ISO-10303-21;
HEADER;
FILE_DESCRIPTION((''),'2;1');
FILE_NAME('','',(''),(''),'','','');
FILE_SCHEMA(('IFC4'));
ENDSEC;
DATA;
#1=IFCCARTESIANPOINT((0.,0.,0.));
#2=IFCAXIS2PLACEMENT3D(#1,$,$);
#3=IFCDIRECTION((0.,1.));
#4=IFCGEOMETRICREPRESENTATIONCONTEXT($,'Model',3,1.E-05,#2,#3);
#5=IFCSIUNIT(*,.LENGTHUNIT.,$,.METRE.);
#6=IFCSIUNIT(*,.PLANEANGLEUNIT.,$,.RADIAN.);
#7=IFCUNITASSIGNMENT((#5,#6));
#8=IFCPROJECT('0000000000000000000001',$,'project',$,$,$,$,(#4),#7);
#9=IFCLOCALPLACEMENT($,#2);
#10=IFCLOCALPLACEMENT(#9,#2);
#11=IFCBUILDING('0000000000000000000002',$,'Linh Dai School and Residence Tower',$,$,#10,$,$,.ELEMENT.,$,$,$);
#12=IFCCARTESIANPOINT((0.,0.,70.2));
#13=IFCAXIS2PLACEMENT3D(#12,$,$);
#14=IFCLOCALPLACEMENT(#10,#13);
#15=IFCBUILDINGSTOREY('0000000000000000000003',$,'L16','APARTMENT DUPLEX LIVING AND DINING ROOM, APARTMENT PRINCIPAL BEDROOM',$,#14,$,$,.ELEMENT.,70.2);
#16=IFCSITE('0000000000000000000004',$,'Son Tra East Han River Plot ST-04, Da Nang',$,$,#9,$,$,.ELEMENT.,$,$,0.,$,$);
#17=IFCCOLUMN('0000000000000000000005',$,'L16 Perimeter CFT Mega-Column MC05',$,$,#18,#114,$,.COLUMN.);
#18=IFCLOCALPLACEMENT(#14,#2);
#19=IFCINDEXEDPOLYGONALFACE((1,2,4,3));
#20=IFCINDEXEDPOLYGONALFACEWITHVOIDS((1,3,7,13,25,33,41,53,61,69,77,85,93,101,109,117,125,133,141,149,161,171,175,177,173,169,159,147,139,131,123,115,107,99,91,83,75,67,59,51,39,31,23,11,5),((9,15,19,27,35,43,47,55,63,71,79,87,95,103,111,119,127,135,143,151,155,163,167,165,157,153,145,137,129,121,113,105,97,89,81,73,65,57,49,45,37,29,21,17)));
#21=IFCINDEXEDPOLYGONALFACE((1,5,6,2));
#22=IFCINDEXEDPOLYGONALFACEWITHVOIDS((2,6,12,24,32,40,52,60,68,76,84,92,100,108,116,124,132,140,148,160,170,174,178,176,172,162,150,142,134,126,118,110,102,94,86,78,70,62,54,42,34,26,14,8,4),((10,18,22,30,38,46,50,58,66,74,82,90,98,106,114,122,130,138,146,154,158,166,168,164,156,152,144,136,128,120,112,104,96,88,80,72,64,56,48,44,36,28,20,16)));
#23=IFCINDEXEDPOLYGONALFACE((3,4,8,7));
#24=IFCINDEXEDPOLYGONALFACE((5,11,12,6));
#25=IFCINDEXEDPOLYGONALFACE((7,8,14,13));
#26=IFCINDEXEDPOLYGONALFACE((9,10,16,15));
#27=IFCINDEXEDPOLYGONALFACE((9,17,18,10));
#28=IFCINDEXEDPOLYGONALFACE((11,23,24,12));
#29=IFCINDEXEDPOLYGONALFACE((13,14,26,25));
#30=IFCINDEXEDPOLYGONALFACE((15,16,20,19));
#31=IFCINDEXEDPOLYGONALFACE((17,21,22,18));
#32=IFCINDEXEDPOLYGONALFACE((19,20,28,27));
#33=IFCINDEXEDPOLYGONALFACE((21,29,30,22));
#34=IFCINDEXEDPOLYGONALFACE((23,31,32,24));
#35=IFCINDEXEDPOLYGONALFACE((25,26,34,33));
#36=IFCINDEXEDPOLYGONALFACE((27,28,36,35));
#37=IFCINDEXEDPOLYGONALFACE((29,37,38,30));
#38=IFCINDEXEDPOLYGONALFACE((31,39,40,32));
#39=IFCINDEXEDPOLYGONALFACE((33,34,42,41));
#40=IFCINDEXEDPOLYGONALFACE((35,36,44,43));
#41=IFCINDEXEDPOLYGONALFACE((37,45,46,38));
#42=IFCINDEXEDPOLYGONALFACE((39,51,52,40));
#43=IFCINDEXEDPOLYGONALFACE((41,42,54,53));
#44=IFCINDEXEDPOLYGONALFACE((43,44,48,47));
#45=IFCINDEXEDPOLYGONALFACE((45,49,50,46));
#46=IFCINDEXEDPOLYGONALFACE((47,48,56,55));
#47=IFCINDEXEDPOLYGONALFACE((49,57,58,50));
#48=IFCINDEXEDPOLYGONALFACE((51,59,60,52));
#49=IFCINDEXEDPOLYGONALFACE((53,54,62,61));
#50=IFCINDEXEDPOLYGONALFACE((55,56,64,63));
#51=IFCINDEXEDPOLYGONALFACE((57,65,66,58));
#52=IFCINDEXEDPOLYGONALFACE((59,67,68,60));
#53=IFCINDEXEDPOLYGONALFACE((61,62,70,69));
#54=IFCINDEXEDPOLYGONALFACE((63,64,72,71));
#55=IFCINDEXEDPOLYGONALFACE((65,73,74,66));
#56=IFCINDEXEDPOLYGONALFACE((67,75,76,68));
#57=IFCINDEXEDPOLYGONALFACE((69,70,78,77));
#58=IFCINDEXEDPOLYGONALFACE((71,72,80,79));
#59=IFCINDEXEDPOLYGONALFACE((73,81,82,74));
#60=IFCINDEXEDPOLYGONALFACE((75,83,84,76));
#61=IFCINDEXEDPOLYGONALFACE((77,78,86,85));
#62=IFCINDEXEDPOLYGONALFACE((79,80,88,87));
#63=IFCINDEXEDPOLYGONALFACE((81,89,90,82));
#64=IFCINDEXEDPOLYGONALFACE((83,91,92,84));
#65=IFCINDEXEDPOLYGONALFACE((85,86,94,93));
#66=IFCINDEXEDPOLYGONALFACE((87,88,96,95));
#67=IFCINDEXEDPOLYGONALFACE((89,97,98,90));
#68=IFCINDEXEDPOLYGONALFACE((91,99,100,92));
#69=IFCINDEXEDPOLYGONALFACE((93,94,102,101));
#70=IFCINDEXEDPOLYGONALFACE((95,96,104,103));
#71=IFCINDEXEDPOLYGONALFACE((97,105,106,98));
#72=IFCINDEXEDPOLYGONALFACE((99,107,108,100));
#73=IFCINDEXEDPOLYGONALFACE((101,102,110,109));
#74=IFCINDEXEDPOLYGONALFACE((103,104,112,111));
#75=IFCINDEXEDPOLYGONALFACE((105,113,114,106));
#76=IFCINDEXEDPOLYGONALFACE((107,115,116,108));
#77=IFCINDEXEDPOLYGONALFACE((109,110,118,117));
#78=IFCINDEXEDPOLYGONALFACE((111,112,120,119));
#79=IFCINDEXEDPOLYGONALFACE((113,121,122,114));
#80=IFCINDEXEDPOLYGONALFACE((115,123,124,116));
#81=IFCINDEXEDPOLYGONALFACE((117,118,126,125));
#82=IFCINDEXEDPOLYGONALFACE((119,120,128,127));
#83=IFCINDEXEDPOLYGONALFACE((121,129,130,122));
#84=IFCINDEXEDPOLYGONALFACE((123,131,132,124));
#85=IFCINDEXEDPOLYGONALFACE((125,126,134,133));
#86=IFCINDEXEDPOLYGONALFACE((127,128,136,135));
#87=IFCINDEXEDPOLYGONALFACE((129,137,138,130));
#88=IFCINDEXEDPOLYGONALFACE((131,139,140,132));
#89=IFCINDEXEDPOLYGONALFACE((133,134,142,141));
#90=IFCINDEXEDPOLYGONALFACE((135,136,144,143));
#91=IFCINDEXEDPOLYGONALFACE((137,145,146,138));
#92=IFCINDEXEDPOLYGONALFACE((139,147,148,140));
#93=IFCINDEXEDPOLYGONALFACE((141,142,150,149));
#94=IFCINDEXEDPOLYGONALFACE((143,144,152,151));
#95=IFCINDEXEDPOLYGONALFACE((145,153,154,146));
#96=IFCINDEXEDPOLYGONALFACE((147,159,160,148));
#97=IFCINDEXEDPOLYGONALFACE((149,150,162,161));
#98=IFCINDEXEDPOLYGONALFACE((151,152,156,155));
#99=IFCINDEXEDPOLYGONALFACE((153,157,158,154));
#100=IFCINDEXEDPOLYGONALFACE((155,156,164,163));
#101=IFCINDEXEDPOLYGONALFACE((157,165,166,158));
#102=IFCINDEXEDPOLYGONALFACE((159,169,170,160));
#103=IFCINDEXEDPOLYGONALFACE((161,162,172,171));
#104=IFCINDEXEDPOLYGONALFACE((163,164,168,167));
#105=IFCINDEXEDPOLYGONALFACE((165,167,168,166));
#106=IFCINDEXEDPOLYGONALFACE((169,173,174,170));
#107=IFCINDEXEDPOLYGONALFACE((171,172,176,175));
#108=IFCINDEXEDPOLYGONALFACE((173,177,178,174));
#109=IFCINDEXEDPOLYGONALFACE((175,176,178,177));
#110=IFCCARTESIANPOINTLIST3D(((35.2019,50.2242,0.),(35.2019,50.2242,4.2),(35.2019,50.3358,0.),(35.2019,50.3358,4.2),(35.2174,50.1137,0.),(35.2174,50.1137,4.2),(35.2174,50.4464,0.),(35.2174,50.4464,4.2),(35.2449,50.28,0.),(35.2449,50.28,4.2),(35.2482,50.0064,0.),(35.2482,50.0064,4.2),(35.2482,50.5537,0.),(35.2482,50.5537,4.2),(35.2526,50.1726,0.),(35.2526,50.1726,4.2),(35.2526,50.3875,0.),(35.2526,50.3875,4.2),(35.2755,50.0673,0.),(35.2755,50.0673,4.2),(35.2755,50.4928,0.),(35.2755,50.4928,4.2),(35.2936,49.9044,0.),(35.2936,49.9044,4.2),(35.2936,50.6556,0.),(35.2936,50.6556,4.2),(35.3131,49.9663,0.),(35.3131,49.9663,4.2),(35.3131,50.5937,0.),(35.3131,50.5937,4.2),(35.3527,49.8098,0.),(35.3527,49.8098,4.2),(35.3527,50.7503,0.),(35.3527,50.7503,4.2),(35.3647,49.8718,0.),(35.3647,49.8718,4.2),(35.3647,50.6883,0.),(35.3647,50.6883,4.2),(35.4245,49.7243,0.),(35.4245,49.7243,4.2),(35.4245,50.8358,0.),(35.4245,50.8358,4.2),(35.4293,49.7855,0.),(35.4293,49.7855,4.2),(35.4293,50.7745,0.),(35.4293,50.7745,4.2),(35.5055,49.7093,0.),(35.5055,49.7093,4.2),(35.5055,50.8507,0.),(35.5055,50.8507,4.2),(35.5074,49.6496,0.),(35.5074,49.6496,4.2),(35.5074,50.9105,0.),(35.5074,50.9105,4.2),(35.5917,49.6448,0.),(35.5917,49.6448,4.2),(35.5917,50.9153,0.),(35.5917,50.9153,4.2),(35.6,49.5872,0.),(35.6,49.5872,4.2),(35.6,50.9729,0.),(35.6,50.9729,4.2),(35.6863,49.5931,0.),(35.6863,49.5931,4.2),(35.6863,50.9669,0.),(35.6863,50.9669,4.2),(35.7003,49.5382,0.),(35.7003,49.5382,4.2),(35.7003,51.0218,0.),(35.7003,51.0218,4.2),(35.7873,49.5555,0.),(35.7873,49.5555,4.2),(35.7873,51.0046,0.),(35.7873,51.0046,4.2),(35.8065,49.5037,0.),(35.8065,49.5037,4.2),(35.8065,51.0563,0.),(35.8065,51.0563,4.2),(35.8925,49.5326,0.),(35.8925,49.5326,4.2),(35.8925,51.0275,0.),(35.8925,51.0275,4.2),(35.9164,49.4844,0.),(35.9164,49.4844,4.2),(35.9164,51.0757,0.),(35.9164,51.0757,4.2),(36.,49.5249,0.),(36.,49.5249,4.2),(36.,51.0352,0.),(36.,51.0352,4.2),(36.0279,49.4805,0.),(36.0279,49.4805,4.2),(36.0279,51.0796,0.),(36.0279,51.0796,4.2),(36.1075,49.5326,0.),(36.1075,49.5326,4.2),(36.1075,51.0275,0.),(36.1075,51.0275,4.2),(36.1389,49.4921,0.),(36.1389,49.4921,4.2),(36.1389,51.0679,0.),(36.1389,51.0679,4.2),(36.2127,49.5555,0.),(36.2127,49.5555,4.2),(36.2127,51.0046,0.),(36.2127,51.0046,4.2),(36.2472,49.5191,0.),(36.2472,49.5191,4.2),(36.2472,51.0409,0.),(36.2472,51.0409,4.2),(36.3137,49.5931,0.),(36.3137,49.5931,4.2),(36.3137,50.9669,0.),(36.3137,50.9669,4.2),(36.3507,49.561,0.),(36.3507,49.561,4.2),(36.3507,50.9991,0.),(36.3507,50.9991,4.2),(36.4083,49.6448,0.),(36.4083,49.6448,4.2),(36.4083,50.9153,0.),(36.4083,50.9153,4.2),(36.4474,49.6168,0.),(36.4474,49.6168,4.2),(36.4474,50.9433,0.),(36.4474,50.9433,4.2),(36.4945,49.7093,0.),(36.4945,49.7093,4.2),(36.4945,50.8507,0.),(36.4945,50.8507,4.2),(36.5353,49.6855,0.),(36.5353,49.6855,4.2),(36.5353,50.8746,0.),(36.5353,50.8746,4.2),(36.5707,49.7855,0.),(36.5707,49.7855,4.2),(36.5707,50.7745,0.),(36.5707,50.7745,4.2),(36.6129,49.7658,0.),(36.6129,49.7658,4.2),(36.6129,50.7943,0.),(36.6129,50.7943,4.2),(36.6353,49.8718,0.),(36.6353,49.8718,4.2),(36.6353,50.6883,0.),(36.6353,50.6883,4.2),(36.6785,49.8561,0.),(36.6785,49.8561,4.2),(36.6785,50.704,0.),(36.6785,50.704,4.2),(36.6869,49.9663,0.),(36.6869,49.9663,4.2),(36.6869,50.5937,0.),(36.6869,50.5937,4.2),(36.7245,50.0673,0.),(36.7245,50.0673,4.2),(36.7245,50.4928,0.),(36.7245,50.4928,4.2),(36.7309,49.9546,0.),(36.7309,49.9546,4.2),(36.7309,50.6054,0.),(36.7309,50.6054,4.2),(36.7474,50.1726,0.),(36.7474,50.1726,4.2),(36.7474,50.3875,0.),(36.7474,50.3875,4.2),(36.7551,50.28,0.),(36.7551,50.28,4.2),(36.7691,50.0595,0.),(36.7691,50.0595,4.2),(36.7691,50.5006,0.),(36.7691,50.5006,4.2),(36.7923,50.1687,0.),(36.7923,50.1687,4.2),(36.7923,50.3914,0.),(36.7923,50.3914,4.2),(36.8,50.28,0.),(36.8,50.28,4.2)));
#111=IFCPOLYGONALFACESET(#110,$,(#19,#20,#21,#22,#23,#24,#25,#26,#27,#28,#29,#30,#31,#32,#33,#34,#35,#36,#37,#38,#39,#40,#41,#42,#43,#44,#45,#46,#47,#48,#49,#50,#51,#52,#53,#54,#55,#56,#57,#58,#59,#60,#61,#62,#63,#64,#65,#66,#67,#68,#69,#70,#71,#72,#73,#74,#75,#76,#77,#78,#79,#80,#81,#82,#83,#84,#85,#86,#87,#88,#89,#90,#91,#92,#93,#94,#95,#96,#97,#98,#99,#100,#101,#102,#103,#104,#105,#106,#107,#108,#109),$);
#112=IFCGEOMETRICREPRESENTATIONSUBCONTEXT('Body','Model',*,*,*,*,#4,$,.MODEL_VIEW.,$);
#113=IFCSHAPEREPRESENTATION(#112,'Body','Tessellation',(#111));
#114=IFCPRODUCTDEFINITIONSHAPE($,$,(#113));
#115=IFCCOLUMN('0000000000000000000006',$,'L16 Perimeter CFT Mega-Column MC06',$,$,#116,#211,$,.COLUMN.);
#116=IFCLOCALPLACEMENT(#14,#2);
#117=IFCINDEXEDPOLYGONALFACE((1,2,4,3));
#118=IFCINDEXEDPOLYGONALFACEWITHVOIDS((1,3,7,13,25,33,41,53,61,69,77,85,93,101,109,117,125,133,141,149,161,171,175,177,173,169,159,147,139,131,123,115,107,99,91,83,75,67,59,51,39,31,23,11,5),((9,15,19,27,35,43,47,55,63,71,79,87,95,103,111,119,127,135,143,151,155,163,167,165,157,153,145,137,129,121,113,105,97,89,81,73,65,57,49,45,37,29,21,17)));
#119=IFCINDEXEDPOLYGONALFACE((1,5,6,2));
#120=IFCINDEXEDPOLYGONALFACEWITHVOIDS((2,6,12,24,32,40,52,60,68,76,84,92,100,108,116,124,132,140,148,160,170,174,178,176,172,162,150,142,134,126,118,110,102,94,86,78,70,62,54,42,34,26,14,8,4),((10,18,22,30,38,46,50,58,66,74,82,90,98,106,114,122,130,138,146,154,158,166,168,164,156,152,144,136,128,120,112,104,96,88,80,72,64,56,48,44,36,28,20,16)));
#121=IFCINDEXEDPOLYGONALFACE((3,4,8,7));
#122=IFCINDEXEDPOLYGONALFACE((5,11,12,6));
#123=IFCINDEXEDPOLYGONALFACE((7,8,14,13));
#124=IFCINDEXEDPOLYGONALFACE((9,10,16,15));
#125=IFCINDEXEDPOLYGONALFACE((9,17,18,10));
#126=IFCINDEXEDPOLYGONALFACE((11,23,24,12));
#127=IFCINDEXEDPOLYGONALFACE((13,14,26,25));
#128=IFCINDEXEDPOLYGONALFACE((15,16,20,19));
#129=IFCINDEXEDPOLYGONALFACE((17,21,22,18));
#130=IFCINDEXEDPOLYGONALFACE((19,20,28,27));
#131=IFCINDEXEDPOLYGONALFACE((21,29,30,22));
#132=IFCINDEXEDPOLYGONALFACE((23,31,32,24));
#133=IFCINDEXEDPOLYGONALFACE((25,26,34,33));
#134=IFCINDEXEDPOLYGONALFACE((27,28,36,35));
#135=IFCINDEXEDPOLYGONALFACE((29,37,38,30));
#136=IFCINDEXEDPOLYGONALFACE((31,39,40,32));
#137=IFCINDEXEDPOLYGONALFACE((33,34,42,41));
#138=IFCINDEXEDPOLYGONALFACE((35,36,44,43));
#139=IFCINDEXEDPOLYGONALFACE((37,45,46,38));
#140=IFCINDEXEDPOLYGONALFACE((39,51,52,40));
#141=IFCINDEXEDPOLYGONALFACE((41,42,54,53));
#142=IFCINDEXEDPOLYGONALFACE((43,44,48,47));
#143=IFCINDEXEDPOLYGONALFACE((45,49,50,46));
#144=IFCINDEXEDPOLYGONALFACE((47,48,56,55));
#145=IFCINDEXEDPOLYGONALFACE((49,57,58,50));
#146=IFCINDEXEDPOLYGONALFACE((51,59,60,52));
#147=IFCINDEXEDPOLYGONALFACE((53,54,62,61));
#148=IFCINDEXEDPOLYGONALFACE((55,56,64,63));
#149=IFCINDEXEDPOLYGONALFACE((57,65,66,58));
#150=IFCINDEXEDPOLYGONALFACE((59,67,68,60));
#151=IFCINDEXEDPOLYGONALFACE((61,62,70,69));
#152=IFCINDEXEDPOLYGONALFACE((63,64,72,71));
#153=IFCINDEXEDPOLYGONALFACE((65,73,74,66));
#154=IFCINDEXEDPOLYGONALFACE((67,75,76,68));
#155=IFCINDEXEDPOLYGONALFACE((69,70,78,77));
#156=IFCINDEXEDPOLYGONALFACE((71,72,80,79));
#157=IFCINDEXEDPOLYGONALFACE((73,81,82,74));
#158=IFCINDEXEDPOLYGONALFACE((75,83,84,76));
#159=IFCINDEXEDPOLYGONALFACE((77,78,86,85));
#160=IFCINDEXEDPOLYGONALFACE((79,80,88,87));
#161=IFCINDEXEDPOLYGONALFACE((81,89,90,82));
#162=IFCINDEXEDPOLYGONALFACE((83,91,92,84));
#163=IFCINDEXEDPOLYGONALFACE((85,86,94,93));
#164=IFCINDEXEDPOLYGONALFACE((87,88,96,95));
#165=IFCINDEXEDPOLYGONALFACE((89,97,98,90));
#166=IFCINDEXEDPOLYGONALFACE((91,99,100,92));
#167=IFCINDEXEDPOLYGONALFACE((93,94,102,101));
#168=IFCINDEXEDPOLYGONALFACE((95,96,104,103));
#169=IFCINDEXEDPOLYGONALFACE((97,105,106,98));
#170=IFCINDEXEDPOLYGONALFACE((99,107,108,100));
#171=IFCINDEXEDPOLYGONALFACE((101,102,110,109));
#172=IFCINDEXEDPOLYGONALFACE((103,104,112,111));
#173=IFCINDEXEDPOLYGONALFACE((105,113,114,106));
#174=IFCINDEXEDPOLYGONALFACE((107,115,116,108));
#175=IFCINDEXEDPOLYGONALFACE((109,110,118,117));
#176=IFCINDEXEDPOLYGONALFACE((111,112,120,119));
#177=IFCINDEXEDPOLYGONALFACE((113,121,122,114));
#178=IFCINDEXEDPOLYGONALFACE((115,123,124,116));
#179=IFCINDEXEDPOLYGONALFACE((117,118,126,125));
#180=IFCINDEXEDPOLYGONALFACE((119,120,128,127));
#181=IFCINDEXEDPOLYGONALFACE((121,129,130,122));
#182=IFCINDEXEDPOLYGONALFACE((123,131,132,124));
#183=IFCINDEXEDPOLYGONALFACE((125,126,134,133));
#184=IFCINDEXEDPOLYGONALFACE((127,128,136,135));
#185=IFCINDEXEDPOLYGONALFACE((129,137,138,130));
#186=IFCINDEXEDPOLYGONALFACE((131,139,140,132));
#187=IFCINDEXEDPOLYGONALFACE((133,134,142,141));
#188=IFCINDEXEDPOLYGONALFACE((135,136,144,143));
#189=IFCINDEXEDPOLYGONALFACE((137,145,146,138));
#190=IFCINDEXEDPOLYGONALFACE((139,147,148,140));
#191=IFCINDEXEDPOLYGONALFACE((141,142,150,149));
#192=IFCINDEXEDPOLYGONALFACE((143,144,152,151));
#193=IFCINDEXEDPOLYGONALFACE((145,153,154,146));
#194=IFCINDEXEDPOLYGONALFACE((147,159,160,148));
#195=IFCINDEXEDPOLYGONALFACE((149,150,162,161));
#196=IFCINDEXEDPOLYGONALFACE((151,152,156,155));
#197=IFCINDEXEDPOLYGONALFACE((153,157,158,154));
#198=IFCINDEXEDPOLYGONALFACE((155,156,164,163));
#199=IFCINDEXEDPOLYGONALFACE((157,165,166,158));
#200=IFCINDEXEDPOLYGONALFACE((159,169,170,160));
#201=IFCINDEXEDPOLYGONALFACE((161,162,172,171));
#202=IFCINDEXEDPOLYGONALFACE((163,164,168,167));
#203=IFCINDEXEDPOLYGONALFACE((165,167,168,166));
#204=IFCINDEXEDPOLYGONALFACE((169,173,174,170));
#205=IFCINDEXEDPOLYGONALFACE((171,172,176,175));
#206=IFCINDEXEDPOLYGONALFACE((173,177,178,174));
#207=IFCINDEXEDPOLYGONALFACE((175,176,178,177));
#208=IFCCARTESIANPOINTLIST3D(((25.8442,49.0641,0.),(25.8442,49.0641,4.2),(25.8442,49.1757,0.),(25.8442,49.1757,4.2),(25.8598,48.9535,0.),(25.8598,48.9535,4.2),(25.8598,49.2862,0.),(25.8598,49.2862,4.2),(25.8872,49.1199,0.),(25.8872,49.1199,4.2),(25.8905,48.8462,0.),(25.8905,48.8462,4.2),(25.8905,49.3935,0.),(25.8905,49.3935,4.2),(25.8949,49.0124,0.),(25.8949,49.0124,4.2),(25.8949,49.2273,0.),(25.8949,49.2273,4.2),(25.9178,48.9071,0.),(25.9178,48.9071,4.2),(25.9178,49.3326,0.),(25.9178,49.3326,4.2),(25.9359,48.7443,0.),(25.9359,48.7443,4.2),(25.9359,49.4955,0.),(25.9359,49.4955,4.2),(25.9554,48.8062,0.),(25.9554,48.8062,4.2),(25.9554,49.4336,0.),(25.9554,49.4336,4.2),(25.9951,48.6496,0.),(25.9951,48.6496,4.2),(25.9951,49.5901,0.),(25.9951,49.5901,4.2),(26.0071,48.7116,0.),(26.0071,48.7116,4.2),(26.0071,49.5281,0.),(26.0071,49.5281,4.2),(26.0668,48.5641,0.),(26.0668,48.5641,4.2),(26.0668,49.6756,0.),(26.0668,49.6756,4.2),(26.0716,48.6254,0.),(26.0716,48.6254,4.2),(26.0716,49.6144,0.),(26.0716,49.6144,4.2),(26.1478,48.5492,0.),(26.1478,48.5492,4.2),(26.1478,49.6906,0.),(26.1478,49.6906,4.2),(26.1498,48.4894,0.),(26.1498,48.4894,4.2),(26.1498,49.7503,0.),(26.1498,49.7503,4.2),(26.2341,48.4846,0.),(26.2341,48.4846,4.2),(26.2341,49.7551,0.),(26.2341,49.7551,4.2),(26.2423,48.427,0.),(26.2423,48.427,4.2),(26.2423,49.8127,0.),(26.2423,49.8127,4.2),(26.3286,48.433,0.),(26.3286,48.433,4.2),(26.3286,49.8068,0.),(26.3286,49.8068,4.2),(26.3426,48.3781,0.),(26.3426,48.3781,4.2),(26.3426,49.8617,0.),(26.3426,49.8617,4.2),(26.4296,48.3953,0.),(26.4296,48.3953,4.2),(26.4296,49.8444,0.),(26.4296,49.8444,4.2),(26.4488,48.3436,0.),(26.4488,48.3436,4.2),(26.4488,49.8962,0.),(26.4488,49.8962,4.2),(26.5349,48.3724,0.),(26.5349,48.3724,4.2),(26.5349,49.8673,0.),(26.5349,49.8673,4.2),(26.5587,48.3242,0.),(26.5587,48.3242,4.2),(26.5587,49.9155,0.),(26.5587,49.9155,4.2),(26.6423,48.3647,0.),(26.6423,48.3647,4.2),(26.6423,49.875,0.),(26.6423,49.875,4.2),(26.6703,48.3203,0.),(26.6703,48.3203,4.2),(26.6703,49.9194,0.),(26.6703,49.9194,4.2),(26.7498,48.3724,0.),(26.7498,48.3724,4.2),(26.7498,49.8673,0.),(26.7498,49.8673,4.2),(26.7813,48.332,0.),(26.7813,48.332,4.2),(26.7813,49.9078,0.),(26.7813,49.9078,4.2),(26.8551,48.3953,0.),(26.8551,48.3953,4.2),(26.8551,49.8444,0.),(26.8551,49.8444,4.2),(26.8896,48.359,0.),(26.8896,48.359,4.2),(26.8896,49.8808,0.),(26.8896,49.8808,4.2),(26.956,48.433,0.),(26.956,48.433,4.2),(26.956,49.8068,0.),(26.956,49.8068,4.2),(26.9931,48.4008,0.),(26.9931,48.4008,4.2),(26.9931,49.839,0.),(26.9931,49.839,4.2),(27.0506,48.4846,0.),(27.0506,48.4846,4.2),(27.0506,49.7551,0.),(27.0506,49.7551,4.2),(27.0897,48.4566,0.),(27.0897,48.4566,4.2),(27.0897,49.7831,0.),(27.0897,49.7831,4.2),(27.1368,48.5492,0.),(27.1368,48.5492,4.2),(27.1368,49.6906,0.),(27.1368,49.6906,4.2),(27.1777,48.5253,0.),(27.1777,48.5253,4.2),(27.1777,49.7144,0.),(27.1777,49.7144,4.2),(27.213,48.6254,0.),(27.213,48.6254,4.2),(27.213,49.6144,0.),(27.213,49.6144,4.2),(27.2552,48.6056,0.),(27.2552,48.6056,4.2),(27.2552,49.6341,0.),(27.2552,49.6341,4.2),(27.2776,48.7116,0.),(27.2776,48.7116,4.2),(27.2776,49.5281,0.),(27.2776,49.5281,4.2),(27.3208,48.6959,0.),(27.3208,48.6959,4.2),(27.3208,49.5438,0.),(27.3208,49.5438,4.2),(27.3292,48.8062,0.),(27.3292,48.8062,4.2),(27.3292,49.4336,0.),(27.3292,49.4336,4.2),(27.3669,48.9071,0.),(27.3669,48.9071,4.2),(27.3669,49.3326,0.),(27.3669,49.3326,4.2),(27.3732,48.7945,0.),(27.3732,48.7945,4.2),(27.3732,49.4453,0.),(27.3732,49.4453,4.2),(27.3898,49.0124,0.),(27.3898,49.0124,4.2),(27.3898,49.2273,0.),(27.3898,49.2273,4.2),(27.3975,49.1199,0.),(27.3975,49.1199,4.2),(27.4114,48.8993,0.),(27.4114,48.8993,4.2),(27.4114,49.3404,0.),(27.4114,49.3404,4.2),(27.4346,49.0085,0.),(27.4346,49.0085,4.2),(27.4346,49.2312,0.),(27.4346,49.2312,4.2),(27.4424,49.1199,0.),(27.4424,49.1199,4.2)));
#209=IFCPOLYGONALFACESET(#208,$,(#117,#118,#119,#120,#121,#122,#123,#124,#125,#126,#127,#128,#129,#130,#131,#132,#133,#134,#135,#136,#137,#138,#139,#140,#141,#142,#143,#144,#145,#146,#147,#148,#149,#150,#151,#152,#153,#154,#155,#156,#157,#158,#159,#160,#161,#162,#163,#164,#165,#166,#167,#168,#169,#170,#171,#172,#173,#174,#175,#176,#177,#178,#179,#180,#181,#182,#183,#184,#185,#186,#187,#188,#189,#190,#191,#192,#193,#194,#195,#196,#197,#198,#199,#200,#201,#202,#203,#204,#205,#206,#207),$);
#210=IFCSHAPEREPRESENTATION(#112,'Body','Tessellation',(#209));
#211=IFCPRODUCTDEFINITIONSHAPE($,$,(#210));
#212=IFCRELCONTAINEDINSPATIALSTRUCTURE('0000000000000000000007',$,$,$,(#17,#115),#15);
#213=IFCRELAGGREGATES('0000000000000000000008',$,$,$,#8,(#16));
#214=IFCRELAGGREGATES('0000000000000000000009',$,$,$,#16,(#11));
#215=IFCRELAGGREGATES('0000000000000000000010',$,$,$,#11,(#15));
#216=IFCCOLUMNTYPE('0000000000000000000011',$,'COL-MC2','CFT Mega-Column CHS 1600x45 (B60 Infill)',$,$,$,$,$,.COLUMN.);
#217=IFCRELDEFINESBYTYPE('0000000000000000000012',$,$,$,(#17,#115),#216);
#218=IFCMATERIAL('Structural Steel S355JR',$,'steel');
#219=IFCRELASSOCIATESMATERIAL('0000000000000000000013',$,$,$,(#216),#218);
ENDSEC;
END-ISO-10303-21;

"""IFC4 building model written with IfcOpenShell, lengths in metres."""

from ifc_helpers import new_model, si_unit, direction, frame, origin, origin_2d, place, context, subcontext, project, spatial, hollow_circle, extrude, material, material_profile, profile_set, type_object, element, save


model = new_model("IFC4")

# Units and contexts
model_context = context("Model", 3, precision=1e-05, world=origin(), true_north=direction((0.0, 1.0)))
body_context = subcontext(model_context, "Body", "Model", "MODEL_VIEW")
ifc_project = project(units=[si_unit("LENGTHUNIT", "METRE"), si_unit("PLANEANGLEUNIT", "RADIAN")], contexts=[model_context])

# Site, building, storey
site_placement = place(None, origin())
site = spatial("IfcSite", under=ifc_project, at=site_placement, Name="Son Tra East Han River Plot ST-04, Da Nang", CompositionType="ELEMENT", RefElevation=0.0)
building_placement = place(site_placement, origin())
building = spatial("IfcBuilding", under=site, at=building_placement, Name="Linh Dai School and Residence Tower", CompositionType="ELEMENT")
storey_placement = place(building_placement, frame((0.0, 0.0, 70.2)))
storey = spatial("IfcBuildingStorey", under=building, at=storey_placement, Name="L16", Description="APARTMENT DUPLEX LIVING AND DINING ROOM, APARTMENT PRINCIPAL BEDROOM", CompositionType="ELEMENT", Elevation=70.2)

# Columns
ifc_material_1 = material(Name="Structural Steel S355JR", Category="steel")
ifc_material_profile_1 = material_profile(ifc_material_1, hollow_circle(Radius=0.8, WallThickness=0.0449, at=origin_2d()), Name="CHS 1600x45")
ifc_profile_set_1 = profile_set([ifc_material_profile_1], Name="Structural Steel S355JR")
column_type = type_object("IfcColumnType", Name="COL-MC2", Description="CFT Mega-Column CHS 1600x45 (B60 Infill)", PredefinedType="COLUMN", material=ifc_profile_set_1)
for number, where, z_axis, x_axis, name in (
    (1, (36.0, 50.28, 0.0), (0.0, 0.0, 1.0), (1.0, 0.0, 0.0), "L16 Perimeter CFT Mega-Column MC05"),
    (2, (26.6423, 49.1199, 0.0), (0.0, 0.0, 1.0), (1.0, 0.0, 0.0), "L16 Perimeter CFT Mega-Column MC06"),
):
    element("IfcColumn", number, at=place(storey_placement, frame(where, z_axis=z_axis, x_axis=x_axis)), inside=storey, type_object=column_type, Name=name, PredefinedType="COLUMN", context=body_context, shape_type="SweptSolid", body=[
        extrude(hollow_circle(Radius=0.8, WallThickness=0.0449, at=origin_2d()), origin(), (0.0, 0.0, 1.0), 4.2),
    ])

save(model, "model.ifc")
